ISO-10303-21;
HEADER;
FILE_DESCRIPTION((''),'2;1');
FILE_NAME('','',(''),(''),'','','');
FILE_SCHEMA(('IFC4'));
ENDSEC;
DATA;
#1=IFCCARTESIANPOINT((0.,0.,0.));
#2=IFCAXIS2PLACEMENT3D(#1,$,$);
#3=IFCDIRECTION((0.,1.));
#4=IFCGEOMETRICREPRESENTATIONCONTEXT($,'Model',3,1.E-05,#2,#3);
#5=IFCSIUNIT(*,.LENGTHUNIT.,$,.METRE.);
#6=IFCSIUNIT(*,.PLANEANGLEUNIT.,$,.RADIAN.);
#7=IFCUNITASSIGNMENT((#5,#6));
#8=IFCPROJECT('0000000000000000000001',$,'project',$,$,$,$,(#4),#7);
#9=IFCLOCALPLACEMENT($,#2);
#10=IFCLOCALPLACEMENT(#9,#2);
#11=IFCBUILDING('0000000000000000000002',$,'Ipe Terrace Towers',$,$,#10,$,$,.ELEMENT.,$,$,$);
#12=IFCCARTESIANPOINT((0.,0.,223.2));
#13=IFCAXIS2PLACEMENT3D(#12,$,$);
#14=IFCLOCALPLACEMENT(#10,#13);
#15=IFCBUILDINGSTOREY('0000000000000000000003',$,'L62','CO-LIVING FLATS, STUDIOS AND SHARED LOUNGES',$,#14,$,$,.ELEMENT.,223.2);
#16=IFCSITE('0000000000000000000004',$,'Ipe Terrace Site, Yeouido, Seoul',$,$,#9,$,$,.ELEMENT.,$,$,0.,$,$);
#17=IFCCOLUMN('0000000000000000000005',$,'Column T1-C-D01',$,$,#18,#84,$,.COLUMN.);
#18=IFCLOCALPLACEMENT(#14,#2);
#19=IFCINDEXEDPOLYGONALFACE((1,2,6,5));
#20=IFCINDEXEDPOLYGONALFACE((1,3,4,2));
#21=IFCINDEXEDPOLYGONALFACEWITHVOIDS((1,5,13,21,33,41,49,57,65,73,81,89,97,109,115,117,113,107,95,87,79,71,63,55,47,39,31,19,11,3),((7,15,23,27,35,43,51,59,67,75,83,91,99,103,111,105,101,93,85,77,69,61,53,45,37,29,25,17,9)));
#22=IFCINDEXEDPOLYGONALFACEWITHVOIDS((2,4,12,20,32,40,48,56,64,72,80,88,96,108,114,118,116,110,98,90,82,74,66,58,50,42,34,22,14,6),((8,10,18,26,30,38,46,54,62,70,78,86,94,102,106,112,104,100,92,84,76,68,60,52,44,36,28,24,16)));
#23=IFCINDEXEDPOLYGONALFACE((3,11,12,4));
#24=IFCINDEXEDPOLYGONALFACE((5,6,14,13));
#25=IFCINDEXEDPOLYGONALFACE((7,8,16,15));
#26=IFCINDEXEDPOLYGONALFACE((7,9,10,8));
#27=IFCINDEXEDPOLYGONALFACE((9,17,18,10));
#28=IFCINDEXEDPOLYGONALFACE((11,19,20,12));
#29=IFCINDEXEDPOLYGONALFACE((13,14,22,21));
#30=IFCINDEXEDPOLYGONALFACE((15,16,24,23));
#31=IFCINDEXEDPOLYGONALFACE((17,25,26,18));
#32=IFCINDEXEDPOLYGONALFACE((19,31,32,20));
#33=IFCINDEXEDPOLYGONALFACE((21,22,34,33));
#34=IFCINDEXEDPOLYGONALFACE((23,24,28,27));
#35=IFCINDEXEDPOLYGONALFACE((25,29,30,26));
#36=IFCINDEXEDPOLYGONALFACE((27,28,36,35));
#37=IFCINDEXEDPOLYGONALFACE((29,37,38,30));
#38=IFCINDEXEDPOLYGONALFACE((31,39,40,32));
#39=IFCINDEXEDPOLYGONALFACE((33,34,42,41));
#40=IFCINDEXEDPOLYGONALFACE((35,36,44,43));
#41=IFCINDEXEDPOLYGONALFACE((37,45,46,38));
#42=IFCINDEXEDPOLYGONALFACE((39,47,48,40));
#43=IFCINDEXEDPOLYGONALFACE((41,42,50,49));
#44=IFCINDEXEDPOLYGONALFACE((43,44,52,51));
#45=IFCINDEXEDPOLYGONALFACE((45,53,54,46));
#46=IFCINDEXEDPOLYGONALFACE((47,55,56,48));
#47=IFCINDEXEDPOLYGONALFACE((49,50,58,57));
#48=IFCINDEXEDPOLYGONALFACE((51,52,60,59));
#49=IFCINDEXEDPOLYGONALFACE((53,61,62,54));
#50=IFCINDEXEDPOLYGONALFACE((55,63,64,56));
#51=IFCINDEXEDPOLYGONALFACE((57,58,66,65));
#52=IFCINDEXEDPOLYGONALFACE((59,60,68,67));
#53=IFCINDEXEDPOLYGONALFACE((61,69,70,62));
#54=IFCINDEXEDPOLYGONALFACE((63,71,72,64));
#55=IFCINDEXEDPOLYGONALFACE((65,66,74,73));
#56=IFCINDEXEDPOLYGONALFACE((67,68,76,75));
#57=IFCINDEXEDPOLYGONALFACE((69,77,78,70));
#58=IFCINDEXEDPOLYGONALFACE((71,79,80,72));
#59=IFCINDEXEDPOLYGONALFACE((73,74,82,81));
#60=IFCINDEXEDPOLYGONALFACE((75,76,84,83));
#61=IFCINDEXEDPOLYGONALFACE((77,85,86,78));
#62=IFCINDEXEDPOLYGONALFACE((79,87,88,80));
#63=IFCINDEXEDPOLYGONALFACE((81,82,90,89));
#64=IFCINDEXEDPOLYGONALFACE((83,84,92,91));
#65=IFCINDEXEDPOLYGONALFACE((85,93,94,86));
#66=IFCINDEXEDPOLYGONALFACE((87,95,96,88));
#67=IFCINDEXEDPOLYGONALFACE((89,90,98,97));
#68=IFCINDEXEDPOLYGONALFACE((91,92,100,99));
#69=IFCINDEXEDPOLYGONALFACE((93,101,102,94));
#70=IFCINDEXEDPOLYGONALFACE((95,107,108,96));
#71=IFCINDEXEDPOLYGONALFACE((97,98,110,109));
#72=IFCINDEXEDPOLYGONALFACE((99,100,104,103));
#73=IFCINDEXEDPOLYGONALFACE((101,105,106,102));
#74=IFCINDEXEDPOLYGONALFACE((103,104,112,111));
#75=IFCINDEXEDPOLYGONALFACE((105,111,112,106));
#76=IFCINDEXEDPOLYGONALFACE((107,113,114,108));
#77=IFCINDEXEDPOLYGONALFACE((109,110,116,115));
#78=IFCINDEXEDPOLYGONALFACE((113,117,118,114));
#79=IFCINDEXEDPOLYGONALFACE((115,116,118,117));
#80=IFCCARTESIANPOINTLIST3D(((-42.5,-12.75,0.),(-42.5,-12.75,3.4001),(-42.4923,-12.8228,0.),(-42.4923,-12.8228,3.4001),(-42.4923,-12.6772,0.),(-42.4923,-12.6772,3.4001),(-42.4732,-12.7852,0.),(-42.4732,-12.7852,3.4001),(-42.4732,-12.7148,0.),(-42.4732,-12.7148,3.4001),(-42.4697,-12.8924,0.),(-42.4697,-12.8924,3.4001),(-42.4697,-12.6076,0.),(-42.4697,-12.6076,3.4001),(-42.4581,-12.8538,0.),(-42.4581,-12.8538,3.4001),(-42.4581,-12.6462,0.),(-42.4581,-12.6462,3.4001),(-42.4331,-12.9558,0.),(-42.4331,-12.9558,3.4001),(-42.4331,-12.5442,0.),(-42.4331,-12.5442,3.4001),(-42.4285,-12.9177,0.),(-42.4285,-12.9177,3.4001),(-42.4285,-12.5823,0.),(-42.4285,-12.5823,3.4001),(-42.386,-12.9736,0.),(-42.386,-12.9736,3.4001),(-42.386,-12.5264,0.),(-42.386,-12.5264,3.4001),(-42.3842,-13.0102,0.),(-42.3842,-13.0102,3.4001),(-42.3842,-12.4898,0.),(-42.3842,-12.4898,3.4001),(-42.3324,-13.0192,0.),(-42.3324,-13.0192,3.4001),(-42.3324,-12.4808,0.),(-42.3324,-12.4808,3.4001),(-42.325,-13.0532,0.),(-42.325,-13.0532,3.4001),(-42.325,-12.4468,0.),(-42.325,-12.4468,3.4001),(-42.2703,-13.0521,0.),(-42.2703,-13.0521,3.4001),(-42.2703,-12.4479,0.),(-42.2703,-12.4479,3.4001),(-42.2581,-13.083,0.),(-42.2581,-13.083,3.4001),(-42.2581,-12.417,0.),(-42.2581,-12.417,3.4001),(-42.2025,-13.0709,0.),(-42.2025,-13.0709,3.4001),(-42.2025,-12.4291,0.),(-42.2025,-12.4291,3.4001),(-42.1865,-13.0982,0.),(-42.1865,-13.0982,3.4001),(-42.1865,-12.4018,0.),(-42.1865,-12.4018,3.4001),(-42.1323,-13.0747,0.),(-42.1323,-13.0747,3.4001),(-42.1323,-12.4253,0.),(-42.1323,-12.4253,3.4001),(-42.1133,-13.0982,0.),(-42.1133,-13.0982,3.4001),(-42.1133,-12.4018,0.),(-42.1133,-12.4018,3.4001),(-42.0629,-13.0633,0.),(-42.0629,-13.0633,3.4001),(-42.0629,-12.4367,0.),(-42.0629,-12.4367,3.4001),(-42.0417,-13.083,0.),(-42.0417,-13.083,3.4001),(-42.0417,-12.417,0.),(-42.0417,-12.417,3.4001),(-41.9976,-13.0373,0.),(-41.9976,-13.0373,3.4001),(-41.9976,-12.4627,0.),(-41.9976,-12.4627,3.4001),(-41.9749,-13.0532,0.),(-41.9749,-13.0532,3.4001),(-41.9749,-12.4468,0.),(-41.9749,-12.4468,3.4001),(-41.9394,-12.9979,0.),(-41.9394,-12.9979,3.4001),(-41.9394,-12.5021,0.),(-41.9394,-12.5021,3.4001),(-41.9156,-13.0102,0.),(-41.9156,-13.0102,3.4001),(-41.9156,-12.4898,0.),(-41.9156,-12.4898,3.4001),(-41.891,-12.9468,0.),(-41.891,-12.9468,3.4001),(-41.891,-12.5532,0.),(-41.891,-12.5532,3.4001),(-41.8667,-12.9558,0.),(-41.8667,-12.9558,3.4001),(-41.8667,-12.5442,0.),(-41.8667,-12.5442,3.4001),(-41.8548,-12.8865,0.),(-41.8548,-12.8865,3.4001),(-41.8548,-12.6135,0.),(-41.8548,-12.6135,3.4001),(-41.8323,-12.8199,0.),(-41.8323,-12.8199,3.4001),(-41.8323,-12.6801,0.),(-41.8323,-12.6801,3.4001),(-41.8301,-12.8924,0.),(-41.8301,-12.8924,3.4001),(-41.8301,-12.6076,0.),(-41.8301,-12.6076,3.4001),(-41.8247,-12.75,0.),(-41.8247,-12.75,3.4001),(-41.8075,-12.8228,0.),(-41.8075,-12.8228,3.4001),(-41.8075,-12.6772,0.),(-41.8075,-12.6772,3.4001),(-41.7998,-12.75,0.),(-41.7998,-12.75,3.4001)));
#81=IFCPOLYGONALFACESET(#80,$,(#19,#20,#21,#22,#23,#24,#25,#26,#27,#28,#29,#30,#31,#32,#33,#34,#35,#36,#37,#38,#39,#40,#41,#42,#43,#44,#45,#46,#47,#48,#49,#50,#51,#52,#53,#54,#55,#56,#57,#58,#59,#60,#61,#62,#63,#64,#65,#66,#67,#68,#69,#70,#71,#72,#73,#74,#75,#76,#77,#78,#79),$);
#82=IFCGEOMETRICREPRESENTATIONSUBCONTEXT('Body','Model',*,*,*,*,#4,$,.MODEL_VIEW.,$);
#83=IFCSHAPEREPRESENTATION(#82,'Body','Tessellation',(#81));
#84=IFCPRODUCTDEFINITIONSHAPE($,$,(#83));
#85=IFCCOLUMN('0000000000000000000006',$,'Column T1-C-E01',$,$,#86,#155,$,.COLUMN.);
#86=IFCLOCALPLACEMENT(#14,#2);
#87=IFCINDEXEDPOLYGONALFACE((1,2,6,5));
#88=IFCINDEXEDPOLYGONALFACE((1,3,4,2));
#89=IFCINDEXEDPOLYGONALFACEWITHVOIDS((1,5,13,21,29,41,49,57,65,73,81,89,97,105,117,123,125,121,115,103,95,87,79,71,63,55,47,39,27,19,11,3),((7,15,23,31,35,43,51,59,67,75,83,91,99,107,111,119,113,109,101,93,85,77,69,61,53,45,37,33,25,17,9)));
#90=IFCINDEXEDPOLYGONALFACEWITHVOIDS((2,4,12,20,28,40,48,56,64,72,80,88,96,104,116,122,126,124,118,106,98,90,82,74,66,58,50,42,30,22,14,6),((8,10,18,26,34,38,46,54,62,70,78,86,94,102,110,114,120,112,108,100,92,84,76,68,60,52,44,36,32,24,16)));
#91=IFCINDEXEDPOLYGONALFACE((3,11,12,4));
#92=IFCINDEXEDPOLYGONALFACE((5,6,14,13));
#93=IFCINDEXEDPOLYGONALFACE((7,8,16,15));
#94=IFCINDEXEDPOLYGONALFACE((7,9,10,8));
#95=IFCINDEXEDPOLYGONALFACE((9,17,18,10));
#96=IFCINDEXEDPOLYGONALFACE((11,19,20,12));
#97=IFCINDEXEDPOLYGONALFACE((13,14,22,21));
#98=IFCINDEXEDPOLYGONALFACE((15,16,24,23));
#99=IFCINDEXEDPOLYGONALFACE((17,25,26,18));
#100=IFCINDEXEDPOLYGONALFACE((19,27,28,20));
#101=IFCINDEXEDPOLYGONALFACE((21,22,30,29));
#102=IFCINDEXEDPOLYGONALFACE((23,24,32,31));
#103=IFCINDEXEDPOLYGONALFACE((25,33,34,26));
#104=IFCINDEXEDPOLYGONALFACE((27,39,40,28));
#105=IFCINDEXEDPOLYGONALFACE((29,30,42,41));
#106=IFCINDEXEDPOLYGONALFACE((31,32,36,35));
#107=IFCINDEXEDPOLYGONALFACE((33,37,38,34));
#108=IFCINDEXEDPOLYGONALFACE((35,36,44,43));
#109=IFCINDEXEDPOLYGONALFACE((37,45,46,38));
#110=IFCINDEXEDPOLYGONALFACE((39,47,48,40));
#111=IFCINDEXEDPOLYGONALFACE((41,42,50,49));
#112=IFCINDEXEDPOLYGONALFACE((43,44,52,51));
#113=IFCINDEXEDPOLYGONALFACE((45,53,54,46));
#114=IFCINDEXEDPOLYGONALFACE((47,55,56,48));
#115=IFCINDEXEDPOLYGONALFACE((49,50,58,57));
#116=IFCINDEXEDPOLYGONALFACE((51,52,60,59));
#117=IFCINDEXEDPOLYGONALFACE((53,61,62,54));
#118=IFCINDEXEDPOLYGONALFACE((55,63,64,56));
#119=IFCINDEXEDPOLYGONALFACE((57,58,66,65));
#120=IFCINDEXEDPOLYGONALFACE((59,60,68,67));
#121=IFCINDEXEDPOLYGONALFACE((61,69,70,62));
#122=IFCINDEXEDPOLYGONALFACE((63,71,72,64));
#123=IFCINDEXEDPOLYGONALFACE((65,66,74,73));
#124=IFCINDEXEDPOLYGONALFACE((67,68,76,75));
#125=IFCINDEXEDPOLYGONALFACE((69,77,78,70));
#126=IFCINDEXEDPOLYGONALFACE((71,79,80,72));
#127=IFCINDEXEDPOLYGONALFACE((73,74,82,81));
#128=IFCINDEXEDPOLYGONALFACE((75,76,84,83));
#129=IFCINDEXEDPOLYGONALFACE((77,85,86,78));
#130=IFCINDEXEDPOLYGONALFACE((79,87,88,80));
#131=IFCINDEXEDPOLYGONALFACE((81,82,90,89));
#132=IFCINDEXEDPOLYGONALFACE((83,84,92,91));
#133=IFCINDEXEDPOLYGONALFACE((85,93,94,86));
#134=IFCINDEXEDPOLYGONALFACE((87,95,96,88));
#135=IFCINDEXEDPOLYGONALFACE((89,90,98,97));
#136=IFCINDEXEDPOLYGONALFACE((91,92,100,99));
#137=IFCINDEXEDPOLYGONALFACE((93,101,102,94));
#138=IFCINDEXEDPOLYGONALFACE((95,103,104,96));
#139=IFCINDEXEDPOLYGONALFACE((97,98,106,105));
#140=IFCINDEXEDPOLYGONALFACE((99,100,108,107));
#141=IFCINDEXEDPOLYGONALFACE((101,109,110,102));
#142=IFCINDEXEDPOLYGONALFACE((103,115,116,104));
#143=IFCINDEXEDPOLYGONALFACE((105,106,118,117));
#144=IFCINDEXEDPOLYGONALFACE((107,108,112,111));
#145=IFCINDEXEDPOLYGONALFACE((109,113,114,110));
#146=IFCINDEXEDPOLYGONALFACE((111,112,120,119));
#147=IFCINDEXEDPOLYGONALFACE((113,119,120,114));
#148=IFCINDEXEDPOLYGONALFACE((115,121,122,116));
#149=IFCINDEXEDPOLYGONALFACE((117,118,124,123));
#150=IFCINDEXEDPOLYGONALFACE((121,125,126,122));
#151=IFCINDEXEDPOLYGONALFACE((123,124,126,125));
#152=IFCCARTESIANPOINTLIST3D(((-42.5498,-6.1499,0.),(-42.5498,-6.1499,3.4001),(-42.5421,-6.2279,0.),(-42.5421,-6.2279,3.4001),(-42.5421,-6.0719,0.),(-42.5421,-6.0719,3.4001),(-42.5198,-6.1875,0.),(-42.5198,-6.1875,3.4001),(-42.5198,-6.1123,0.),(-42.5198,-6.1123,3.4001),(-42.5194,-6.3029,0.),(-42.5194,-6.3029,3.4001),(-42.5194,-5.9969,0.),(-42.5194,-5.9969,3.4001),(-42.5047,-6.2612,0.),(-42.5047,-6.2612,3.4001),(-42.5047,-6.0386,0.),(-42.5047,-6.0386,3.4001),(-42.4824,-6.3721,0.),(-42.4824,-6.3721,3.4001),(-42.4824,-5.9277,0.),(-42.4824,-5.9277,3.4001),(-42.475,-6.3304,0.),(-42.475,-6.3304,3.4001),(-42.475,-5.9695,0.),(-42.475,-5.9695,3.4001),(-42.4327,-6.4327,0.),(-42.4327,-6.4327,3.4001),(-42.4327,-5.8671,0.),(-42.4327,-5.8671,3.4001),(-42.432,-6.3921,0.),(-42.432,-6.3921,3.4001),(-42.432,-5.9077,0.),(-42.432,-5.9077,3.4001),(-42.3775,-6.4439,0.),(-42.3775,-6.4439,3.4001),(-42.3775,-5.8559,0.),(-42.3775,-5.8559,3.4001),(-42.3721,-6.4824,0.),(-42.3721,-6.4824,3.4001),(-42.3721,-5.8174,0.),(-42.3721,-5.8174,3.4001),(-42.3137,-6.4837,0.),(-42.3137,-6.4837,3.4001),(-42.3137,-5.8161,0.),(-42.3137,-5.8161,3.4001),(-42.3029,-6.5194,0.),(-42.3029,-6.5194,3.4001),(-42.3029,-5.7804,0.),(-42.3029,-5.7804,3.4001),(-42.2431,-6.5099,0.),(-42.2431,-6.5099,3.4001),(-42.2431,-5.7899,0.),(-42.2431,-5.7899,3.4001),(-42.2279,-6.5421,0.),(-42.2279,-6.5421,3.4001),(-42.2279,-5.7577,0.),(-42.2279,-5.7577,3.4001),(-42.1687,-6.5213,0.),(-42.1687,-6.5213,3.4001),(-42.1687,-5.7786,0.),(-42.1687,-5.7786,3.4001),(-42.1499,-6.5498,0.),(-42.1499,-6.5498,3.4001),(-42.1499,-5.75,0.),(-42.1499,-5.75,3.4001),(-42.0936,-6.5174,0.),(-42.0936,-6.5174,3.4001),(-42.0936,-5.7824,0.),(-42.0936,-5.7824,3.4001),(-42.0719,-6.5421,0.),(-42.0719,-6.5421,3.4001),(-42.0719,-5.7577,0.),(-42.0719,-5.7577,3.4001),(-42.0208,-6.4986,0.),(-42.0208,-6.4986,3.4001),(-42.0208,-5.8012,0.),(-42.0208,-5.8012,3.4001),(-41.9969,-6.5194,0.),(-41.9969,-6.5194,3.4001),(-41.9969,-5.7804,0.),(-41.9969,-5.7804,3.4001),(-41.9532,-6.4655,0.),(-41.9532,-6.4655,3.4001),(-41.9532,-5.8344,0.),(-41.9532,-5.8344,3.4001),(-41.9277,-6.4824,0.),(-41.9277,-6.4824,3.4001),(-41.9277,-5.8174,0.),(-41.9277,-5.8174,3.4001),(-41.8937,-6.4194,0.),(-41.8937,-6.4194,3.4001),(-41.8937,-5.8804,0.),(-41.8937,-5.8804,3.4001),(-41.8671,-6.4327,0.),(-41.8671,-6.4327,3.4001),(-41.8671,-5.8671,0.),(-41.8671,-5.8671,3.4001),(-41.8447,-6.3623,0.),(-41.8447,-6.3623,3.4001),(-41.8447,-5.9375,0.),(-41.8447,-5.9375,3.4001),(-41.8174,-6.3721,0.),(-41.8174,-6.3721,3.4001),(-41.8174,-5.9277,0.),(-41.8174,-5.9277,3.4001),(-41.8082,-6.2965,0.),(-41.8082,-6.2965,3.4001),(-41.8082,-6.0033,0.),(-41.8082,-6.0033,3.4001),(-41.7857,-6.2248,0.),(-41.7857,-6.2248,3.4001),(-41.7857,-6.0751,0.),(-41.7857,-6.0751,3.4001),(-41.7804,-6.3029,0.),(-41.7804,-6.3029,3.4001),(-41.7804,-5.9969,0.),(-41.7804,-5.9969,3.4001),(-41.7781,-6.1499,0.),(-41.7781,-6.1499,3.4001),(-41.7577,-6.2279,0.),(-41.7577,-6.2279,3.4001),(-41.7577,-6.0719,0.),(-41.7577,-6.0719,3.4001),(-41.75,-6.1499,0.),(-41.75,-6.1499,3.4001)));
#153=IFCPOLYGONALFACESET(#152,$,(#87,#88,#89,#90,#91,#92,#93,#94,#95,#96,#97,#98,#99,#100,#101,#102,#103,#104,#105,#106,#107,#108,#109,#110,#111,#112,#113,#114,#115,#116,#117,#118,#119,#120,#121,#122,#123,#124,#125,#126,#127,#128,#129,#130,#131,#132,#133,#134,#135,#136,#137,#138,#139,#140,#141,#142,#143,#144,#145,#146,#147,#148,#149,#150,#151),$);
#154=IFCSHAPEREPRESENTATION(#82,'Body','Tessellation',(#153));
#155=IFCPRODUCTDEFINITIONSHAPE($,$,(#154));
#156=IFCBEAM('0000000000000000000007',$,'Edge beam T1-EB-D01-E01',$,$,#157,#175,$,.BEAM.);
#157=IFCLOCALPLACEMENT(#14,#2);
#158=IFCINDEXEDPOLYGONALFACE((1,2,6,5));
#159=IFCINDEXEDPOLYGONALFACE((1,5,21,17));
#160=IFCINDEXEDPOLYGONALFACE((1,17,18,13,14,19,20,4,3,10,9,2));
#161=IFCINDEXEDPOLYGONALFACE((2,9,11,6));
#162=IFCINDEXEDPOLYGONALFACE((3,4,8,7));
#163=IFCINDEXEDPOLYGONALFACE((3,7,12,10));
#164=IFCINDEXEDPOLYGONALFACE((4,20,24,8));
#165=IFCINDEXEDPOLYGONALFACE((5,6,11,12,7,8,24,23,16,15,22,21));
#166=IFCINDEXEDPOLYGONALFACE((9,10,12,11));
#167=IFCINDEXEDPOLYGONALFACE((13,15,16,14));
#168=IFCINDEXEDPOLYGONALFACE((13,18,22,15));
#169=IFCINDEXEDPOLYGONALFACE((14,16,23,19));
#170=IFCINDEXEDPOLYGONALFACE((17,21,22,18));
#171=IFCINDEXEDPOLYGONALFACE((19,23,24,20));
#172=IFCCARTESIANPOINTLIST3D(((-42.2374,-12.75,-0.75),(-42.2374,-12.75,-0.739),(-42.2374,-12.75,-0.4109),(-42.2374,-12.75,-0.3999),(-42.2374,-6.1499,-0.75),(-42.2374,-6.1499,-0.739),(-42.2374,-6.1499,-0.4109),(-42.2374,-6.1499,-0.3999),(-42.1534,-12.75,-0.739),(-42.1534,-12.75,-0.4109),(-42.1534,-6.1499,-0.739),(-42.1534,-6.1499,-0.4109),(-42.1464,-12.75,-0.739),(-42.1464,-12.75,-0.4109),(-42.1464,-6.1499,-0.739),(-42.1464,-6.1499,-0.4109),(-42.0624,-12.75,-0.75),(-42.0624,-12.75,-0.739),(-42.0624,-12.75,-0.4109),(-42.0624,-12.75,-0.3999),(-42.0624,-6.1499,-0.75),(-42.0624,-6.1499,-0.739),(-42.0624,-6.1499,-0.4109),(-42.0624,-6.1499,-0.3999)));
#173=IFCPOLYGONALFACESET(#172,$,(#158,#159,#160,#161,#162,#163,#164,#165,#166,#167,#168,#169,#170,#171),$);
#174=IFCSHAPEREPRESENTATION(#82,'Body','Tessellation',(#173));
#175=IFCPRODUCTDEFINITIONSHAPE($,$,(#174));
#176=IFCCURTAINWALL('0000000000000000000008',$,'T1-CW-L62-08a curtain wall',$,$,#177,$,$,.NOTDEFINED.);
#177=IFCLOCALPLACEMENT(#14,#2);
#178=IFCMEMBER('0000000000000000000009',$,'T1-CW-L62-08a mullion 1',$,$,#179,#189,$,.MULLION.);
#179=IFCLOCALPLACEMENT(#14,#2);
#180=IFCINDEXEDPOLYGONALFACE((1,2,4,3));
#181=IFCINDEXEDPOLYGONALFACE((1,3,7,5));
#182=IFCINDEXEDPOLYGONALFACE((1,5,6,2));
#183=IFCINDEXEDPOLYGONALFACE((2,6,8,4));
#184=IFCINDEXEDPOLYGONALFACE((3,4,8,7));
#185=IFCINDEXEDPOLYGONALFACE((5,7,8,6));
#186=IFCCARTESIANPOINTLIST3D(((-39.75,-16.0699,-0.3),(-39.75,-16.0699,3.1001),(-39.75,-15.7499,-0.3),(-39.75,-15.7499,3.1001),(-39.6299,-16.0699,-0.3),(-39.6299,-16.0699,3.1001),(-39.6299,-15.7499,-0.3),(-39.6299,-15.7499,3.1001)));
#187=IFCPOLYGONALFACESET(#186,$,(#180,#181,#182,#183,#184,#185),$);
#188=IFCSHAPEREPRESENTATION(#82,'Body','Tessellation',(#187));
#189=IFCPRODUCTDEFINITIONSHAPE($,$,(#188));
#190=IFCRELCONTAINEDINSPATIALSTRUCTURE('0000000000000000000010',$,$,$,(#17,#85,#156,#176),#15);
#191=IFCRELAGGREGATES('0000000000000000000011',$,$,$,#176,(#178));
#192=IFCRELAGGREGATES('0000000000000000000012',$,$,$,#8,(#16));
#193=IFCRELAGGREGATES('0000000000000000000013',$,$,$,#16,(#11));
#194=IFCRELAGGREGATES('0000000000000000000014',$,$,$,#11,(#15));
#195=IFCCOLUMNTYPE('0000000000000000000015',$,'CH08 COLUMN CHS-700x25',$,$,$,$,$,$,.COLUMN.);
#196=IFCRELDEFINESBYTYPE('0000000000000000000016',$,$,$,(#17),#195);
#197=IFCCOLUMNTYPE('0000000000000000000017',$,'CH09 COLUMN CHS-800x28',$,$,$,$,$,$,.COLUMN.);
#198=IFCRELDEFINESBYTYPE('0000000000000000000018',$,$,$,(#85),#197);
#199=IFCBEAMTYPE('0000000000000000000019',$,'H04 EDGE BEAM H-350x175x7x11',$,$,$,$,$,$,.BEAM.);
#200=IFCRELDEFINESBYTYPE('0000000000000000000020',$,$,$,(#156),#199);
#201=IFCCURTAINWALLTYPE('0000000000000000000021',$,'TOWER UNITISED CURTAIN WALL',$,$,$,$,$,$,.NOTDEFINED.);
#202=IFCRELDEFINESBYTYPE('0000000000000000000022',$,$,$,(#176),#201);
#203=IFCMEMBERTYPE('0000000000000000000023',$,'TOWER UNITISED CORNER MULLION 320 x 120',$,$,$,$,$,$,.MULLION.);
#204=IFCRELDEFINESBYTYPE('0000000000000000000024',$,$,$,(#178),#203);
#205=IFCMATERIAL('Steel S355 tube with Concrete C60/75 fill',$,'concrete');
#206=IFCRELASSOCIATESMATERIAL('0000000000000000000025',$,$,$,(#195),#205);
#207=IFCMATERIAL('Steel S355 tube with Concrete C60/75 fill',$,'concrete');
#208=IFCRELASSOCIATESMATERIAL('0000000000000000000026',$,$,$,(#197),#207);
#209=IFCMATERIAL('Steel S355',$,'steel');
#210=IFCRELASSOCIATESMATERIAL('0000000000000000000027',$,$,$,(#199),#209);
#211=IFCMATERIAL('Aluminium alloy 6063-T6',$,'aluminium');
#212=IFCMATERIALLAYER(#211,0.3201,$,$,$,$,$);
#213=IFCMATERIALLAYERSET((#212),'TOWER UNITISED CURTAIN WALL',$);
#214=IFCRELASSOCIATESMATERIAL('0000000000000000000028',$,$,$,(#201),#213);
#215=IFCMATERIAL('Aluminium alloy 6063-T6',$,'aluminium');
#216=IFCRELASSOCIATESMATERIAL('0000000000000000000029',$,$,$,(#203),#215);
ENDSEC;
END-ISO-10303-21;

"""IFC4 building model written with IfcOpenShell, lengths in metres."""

from ifc_helpers import new_model, si_unit, direction, frame, origin, origin_2d, place, context, subcontext, project, spatial, rectangle, hollow_circle, i_section, extrude, material, layer, layer_set, material_profile, profile_set, type_object, element, aggregate, save


model = new_model("IFC4")

# Units and contexts
model_context = context("Model", 3, precision=1e-05, world=origin(), true_north=direction((0.0, 1.0)))
body_context = subcontext(model_context, "Body", "Model", "MODEL_VIEW")
ifc_project = project(units=[si_unit("LENGTHUNIT", "METRE"), si_unit("PLANEANGLEUNIT", "RADIAN")], contexts=[model_context])

# Site, building, storey
site_placement = place(None, origin())
site = spatial("IfcSite", under=ifc_project, at=site_placement, Name="Ipe Terrace Site, Yeouido, Seoul", CompositionType="ELEMENT", RefElevation=0.0)
building_placement = place(site_placement, origin())
building = spatial("IfcBuilding", under=site, at=building_placement, Name="Ipe Terrace Towers", CompositionType="ELEMENT")
storey_placement = place(building_placement, frame((0.0, 0.0, 223.2)))
storey = spatial("IfcBuildingStorey", under=building, at=storey_placement, Name="L62", Description="CO-LIVING FLATS, STUDIOS AND SHARED LOUNGES", CompositionType="ELEMENT", Elevation=223.2)

# Columns
ifc_material_1 = material(Name="Steel S355 tube with Concrete C60/75 fill", Category="concrete")
ifc_material_profile_1 = material_profile(ifc_material_1, hollow_circle(Radius=0.3501, WallThickness=0.0249, at=origin_2d()), Name="CHS-700x25")
ifc_profile_set_1 = profile_set([ifc_material_profile_1], Name="Steel S355 tube with Concrete C60/75 fill")
column_type_1 = type_object("IfcColumnType", Name="CH08 COLUMN CHS-700x25", PredefinedType="COLUMN", material=ifc_profile_set_1)
column_1_placement = place(storey_placement, frame((-42.1499, -12.75, 0.0), z_axis=(0.0, 0.0, 1.0), x_axis=(1.0, 0.0, 0.0)))
element("IfcColumn", 1, at=column_1_placement, inside=storey, type_object=column_type_1, Name="Column T1-C-D01", PredefinedType="COLUMN", context=body_context, shape_type="SweptSolid", body=[
    extrude(hollow_circle(Radius=0.3501, WallThickness=0.0249, at=origin_2d()), origin(), (0.0, 0.0, 1.0), 3.4001),
])
ifc_material_2 = material(Name="Steel S355 tube with Concrete C60/75 fill", Category="concrete")
ifc_material_profile_2 = material_profile(ifc_material_2, hollow_circle(Radius=0.3999, WallThickness=0.0281, at=origin_2d()), Name="CHS-800x28")
ifc_profile_set_2 = profile_set([ifc_material_profile_2], Name="Steel S355 tube with Concrete C60/75 fill")
column_type_2 = type_object("IfcColumnType", Name="CH09 COLUMN CHS-800x28", PredefinedType="COLUMN", material=ifc_profile_set_2)
column_2_placement = place(storey_placement, frame((-42.1499, -6.1499, 0.0), z_axis=(0.0, 0.0, 1.0), x_axis=(1.0, 0.0, 0.0)))
element("IfcColumn", 2, at=column_2_placement, inside=storey, type_object=column_type_2, Name="Column T1-C-E01", PredefinedType="COLUMN", context=body_context, shape_type="SweptSolid", body=[
    extrude(hollow_circle(Radius=0.3999, WallThickness=0.0281, at=origin_2d()), origin(), (0.0, 0.0, 1.0), 3.4001),
])

# Beam
ifc_material_3 = material(Name="Steel S355", Category="steel")
ifc_material_profile_3 = material_profile(ifc_material_3, i_section(OverallWidth=0.175, OverallDepth=0.3501, WebThickness=0.0071, FlangeThickness=0.011, at=origin_2d()), Name="H-350x175x7x11")
ifc_profile_set_3 = profile_set([ifc_material_profile_3], Name="Steel S355")
beam_type = type_object("IfcBeamType", Name="H04 EDGE BEAM H-350x175x7x11", PredefinedType="BEAM", material=ifc_profile_set_3)
beam_placement = place(storey_placement, frame((-42.1499, -12.75, -0.575), z_axis=(0.0, 1.0, 0.0), x_axis=(-1.0, 0.0, 0.0)))
element("IfcBeam", 3, at=beam_placement, inside=storey, type_object=beam_type, Name="Edge beam T1-EB-D01-E01", PredefinedType="BEAM", context=body_context, shape_type="SweptSolid", body=[
    extrude(i_section(OverallWidth=0.175, OverallDepth=0.3501, WebThickness=0.0071, FlangeThickness=0.011, at=origin_2d()), origin(), (0.0, 0.0, 1.0), 6.6001),
])

# Curtain wall, member
ifc_material_4 = material(Name="Aluminium alloy 6063-T6", Category="aluminium")
ifc_layer_1 = layer(ifc_material_4, 0.3201)
ifc_layer_set_1 = layer_set([ifc_layer_1], Name="TOWER UNITISED CURTAIN WALL")
curtain_wall_type = type_object("IfcCurtainWallType", Name="TOWER UNITISED CURTAIN WALL", PredefinedType="NOTDEFINED", material=ifc_layer_set_1)
curtain_wall_placement = place(storey_placement, origin())
curtain_wall = element("IfcCurtainWall", 4, at=curtain_wall_placement, inside=storey, type_object=curtain_wall_type, Name="T1-CW-L62-08a curtain wall", PredefinedType="NOTDEFINED")
ifc_material_5 = material(Name="Aluminium alloy 6063-T6", Category="aluminium")
ifc_material_profile_4 = material_profile(ifc_material_5, rectangle(XDim=0.3201, YDim=0.1201, at=origin_2d()), Name="TOWER UNITISED CORNER MULLION 320 x 120")
ifc_profile_set_4 = profile_set([ifc_material_profile_4], Name="Aluminium alloy 6063-T6")
member_type_1 = type_object("IfcMemberType", Name="TOWER UNITISED CORNER MULLION 320 x 120", PredefinedType="MULLION", material=ifc_profile_set_4)
member_1_placement = place(storey_placement, frame((-39.6899, -15.9099, -0.3), z_axis=(0.0, 0.0, 1.0), x_axis=(0.0, -1.0, 0.0)))
member_1 = element("IfcMember", 5, at=member_1_placement, type_object=member_type_1, Name="T1-CW-L62-08a mullion 1", PredefinedType="MULLION", context=body_context, shape_type="SweptSolid", body=[
    extrude(rectangle(XDim=0.3201, YDim=0.1201, at=origin_2d()), origin(), (0.0, 0.0, 1.0), 3.4001),
])
aggregate(curtain_wall, [member_1])

save(model, "model.ifc")
